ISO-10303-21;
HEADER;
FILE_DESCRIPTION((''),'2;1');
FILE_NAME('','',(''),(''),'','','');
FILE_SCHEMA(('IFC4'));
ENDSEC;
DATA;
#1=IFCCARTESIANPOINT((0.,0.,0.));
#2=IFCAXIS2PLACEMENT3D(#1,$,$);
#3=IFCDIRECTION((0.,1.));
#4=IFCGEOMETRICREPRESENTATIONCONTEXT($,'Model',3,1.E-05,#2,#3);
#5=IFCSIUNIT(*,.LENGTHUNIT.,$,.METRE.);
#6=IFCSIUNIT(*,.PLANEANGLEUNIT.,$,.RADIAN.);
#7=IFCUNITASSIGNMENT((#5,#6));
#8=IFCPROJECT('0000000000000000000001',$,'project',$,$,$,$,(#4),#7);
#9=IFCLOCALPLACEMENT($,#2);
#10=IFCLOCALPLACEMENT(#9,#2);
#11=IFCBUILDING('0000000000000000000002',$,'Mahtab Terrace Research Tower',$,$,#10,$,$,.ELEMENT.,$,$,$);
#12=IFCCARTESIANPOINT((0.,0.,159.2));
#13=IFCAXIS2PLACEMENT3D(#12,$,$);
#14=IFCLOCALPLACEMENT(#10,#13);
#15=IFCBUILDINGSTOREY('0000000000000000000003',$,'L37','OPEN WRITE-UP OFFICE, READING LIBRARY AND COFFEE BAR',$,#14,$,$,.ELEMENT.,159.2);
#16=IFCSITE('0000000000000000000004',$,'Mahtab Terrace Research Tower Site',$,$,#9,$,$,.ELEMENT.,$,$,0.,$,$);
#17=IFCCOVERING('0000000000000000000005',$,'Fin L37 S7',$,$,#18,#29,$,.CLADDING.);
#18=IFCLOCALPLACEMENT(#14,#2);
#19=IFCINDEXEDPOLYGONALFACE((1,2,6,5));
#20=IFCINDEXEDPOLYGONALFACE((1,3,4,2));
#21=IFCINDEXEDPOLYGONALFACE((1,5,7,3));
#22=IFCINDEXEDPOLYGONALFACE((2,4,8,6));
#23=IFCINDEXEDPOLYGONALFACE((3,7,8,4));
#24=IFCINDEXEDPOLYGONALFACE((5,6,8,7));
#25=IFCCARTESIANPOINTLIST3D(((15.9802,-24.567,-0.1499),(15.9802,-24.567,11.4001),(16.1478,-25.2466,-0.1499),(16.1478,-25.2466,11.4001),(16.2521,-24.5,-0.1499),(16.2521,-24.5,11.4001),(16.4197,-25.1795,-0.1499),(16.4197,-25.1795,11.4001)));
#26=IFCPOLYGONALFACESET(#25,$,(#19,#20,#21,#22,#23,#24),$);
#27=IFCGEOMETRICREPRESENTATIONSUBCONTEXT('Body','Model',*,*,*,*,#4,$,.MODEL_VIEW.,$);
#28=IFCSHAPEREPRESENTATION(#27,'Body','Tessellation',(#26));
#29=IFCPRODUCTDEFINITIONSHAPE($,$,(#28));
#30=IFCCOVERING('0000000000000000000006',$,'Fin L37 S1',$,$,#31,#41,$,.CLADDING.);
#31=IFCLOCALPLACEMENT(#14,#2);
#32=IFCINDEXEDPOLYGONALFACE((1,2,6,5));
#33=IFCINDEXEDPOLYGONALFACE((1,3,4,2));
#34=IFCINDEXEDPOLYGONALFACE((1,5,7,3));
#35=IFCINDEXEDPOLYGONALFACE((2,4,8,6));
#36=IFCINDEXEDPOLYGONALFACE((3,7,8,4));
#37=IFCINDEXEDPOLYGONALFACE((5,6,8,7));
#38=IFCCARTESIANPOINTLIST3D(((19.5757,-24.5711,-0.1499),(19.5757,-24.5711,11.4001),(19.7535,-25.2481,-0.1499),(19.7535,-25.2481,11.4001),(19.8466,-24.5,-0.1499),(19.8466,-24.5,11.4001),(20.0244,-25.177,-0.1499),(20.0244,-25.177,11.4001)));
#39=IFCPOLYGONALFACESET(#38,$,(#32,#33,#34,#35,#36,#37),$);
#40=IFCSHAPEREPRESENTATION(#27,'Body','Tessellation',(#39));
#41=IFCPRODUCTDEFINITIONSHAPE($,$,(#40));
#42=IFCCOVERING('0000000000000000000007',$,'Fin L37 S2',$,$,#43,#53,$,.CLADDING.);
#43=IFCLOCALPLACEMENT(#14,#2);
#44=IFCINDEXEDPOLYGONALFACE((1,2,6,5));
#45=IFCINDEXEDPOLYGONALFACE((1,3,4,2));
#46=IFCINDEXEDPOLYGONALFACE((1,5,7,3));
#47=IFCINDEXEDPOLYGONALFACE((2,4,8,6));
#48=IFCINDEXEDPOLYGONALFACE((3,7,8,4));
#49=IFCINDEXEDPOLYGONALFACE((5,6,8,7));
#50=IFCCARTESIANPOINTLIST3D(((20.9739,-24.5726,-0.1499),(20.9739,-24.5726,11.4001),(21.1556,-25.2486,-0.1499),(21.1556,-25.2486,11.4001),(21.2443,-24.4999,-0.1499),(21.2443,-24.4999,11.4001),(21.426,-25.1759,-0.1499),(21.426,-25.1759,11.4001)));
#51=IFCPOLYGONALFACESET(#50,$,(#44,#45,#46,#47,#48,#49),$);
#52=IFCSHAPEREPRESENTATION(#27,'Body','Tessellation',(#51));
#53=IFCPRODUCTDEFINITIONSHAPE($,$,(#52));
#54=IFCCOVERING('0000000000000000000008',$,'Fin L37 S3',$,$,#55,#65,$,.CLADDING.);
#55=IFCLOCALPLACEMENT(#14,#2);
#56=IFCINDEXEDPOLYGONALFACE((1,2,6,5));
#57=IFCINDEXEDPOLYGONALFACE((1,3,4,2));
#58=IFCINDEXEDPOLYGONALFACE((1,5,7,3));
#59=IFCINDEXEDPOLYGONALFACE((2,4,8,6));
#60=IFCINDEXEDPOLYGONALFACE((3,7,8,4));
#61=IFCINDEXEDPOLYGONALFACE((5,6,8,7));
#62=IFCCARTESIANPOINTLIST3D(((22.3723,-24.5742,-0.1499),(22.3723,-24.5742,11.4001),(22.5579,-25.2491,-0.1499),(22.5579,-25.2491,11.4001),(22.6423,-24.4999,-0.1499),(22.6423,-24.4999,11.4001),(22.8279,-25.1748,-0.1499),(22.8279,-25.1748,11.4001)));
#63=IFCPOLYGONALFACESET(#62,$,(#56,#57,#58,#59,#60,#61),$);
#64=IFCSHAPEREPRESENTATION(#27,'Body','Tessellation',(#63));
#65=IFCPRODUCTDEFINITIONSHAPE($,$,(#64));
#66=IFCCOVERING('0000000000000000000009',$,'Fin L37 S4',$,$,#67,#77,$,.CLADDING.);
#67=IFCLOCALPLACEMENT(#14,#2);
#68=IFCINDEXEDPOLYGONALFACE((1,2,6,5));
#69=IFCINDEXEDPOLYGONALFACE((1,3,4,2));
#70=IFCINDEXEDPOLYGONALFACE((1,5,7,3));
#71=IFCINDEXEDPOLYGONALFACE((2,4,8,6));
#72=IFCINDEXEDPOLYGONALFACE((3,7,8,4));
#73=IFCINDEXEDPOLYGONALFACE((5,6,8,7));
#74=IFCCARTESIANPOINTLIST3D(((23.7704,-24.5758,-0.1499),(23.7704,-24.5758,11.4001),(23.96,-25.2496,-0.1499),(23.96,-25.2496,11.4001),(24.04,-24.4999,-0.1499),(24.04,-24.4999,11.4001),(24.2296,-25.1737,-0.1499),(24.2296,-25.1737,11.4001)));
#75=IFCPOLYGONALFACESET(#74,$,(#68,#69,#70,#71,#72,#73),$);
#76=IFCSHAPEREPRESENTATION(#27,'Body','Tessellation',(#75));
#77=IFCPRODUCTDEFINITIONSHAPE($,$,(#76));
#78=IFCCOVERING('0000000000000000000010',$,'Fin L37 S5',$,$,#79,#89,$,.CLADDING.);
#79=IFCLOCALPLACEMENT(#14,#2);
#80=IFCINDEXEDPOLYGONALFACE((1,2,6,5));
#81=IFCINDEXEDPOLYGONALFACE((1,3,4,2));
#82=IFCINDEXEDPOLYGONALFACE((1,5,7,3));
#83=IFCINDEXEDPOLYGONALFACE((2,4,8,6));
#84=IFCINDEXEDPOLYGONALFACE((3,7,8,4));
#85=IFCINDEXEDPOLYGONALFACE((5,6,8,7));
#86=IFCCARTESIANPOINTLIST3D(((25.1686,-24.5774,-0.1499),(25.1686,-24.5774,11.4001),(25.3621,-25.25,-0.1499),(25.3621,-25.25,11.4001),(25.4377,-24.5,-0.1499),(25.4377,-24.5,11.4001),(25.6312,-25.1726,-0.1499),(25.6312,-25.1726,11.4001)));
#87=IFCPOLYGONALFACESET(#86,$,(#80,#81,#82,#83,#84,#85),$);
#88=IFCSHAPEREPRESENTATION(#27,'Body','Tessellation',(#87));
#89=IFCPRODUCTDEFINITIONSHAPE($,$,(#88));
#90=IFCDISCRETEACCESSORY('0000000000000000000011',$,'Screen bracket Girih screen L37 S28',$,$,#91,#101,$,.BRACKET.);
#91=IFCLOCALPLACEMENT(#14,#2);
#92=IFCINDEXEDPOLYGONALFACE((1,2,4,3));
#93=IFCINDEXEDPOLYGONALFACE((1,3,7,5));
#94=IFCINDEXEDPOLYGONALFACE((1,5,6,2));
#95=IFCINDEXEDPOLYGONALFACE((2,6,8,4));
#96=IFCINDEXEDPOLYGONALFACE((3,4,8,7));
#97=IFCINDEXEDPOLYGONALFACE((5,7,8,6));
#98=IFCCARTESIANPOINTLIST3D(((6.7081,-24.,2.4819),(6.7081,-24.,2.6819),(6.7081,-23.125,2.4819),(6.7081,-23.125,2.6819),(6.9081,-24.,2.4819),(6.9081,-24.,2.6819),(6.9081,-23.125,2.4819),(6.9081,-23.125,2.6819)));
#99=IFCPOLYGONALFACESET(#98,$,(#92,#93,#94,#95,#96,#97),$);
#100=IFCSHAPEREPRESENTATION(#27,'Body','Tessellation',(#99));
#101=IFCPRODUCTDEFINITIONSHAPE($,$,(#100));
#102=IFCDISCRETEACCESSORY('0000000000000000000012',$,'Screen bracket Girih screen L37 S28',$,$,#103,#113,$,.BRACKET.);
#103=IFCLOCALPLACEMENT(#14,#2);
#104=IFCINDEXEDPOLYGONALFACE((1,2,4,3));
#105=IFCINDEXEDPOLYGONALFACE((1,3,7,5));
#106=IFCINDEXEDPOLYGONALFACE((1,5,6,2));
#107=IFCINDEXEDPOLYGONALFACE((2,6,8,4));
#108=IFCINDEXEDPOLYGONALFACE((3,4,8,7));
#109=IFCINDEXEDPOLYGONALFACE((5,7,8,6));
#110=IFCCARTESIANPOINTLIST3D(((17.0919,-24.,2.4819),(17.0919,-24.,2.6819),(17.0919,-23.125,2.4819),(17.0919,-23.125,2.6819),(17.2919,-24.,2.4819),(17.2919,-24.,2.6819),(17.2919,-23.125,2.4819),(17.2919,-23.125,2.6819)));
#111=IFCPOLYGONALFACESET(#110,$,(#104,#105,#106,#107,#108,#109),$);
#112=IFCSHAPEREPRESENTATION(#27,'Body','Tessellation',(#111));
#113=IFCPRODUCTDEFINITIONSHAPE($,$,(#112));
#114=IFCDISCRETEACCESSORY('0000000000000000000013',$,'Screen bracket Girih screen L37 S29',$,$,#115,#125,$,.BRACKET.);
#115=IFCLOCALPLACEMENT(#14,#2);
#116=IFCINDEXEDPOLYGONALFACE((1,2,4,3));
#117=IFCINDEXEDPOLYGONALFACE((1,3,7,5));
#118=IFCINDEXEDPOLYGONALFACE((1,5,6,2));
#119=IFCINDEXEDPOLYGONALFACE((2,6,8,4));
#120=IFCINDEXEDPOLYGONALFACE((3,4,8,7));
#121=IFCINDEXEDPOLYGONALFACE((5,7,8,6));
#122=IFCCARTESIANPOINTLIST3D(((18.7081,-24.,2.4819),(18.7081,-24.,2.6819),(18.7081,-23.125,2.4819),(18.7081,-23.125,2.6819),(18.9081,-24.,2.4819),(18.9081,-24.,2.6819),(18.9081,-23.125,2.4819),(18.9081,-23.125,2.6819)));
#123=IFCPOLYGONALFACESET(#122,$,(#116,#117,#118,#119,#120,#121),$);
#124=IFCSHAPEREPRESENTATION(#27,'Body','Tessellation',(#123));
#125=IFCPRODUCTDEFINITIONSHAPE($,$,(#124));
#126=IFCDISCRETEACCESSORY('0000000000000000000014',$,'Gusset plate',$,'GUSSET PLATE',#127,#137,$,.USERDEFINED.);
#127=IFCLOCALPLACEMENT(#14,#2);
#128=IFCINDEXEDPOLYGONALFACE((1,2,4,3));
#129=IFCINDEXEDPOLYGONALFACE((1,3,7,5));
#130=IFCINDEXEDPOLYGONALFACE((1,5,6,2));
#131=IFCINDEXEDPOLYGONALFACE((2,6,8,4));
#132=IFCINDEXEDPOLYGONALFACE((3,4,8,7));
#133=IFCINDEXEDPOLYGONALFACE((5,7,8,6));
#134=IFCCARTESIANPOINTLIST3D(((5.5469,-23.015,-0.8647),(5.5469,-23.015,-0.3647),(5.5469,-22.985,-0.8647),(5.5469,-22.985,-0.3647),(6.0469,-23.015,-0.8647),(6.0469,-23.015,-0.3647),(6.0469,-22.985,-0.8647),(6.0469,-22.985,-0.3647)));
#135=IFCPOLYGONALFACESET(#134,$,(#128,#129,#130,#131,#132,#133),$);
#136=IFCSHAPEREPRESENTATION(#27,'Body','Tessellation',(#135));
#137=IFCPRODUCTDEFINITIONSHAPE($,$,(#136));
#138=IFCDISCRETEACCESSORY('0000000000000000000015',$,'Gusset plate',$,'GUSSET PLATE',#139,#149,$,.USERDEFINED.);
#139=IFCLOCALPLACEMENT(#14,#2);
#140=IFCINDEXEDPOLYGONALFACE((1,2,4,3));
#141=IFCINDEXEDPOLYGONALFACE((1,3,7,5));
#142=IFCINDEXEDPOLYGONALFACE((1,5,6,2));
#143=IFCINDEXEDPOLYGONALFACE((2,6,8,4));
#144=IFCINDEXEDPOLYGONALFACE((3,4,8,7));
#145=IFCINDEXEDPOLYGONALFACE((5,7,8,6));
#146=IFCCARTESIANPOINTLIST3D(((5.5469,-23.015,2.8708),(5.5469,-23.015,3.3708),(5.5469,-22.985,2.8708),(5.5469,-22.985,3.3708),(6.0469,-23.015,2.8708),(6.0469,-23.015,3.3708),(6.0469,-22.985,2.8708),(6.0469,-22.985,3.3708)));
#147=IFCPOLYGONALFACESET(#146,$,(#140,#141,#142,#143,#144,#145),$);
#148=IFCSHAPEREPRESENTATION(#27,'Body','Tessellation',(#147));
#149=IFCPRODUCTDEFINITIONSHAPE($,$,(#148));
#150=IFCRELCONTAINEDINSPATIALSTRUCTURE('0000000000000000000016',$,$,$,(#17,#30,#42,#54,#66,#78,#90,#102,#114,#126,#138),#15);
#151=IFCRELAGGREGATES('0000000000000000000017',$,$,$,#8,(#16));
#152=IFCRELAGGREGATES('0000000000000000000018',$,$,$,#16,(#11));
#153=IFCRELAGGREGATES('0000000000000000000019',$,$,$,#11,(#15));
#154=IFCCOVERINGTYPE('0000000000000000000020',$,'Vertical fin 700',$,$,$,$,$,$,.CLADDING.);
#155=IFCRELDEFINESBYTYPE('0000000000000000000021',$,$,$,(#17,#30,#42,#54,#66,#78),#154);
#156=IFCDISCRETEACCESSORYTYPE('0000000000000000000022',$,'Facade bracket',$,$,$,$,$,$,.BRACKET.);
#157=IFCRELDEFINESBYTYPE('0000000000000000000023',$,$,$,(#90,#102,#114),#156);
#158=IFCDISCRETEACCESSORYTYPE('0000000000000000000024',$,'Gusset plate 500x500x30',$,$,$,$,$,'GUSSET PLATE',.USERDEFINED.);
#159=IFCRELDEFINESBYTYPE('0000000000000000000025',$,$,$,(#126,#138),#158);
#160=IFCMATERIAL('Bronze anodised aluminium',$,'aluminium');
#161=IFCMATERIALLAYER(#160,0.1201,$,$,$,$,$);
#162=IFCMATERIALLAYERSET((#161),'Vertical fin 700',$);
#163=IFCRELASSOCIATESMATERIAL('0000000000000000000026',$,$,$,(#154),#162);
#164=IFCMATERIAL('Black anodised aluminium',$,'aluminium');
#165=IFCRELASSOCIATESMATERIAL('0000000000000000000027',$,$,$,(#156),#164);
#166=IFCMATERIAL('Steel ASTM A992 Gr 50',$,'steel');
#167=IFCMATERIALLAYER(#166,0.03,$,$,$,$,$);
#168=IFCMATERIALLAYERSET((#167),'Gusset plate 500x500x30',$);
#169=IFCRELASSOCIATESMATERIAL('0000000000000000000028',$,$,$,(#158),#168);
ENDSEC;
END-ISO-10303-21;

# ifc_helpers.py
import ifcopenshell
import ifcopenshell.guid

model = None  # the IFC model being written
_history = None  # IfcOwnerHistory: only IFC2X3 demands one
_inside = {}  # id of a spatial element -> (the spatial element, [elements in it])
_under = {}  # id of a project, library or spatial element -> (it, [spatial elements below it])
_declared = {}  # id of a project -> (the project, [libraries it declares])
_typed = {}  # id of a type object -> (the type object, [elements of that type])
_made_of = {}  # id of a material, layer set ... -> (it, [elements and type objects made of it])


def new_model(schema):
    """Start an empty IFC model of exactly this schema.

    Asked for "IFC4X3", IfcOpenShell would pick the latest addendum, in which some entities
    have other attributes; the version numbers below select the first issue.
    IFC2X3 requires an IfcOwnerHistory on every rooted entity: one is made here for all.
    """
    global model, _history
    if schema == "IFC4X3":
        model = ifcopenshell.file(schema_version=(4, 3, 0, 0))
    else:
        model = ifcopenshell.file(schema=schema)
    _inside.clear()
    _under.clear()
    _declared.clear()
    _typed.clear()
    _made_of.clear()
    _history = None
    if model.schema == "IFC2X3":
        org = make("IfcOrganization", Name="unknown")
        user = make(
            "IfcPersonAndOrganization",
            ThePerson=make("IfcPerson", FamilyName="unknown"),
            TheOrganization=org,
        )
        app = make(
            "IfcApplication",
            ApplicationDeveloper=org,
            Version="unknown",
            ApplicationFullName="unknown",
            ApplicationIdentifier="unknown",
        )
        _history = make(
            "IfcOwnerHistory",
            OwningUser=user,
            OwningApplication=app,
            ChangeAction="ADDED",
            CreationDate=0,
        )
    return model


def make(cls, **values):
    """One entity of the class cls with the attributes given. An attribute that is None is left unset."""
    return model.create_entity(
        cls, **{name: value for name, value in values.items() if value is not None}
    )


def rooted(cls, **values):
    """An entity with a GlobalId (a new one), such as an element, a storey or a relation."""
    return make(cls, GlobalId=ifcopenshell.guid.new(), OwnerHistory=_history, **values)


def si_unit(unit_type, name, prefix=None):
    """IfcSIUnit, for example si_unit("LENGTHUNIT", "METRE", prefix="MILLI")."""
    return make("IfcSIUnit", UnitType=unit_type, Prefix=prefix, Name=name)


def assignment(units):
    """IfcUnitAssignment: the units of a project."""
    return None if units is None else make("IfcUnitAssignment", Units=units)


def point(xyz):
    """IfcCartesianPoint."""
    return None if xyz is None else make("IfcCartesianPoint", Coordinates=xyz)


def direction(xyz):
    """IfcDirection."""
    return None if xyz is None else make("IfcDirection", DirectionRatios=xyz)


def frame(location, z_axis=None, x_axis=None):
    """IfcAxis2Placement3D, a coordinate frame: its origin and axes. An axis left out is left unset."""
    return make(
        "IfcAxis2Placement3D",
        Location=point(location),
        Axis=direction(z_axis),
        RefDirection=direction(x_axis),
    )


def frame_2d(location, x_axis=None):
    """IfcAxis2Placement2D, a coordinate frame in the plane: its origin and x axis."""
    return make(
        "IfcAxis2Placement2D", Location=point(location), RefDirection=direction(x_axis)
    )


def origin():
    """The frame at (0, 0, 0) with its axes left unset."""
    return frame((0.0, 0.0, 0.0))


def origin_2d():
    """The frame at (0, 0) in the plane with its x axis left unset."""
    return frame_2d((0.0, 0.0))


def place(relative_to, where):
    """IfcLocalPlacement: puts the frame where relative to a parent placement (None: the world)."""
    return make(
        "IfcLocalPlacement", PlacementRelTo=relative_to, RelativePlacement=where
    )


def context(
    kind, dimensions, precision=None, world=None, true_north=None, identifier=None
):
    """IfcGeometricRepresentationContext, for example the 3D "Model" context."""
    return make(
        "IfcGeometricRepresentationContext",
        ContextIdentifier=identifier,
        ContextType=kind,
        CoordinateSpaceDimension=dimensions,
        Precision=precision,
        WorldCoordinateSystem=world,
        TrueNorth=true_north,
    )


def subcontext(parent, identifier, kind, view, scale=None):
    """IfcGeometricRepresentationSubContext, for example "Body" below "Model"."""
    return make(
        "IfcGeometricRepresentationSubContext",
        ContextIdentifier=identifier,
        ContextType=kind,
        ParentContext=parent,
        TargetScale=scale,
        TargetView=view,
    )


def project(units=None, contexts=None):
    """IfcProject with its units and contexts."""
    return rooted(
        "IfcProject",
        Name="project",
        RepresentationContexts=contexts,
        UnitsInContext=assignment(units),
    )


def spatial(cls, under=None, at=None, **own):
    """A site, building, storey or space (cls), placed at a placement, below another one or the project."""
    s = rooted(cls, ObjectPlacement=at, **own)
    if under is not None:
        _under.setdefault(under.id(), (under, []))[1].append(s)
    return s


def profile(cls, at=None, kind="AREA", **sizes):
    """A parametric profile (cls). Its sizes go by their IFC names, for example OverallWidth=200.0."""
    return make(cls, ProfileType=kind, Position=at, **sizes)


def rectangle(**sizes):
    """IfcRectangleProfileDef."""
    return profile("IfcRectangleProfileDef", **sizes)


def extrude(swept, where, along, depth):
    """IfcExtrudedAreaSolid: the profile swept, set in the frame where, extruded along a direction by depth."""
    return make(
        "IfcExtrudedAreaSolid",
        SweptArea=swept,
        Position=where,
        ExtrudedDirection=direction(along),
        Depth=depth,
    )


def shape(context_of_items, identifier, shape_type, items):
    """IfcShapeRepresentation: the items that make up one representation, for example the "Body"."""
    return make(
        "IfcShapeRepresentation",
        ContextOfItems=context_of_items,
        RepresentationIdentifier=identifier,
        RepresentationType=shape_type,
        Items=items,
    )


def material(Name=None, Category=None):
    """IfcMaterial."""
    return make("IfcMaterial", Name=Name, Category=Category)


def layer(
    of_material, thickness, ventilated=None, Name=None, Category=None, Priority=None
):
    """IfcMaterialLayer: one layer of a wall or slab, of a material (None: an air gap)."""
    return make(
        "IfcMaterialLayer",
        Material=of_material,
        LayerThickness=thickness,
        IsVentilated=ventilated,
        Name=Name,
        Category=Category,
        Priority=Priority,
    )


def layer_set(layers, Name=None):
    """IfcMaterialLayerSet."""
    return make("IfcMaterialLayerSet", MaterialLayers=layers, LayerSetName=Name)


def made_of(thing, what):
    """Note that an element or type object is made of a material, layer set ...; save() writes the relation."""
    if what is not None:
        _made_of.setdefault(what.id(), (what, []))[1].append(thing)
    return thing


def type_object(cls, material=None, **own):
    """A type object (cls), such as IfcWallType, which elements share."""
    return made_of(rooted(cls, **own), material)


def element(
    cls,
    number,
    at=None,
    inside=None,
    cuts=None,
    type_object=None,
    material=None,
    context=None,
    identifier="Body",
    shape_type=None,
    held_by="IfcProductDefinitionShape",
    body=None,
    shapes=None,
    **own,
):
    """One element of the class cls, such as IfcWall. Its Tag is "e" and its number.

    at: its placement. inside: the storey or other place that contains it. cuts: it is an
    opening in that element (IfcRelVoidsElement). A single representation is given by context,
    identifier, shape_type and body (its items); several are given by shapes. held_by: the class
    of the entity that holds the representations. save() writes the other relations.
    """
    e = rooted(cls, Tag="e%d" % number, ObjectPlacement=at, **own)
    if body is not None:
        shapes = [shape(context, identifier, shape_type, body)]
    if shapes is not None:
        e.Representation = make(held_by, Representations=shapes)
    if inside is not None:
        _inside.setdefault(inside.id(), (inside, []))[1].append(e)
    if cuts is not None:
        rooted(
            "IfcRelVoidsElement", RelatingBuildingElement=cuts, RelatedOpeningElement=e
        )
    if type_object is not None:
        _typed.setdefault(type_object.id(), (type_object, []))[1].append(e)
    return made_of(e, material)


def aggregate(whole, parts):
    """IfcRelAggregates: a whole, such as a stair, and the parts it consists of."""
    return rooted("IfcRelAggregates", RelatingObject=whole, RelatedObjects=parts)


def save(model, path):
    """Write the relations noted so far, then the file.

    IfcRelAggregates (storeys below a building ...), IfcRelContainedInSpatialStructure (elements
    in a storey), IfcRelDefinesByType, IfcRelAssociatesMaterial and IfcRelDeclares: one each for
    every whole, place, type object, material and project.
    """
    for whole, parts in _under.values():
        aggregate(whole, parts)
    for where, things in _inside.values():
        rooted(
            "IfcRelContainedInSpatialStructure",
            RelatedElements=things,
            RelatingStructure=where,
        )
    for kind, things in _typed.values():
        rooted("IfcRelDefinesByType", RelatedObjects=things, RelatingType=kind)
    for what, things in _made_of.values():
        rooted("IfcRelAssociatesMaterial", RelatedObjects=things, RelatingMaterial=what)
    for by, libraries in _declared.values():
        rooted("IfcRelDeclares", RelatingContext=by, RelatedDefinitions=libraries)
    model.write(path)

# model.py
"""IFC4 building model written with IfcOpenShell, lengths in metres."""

from ifc_helpers import new_model, si_unit, direction, frame, origin, origin_2d, place, context, subcontext, project, spatial, rectangle, extrude, material, layer, layer_set, type_object, element, save


model = new_model("IFC4")

# Units and contexts
model_context = context("Model", 3, precision=1e-05, world=origin(), true_north=direction((0.0, 1.0)))
body_context = subcontext(model_context, "Body", "Model", "MODEL_VIEW")
ifc_project = project(units=[si_unit("LENGTHUNIT", "METRE"), si_unit("PLANEANGLEUNIT", "RADIAN")], contexts=[model_context])

# Site, building, storey
site_placement = place(None, origin())
site = spatial("IfcSite", under=ifc_project, at=site_placement, Name="Mahtab Terrace Research Tower Site", CompositionType="ELEMENT", RefElevation=0.0)
building_placement = place(site_placement, origin())
building = spatial("IfcBuilding", under=site, at=building_placement, Name="Mahtab Terrace Research Tower", CompositionType="ELEMENT")
storey_placement = place(building_placement, frame((0.0, 0.0, 159.2)))
storey = spatial("IfcBuildingStorey", under=building, at=storey_placement, Name="L37", Description="OPEN WRITE-UP OFFICE, READING LIBRARY AND COFFEE BAR", CompositionType="ELEMENT", Elevation=159.2)

# Shared definitions
ifc_material_1 = material(Name="Steel ASTM A992 Gr 50", Category="steel")

# Coverings
ifc_material_2 = material(Name="Bronze anodised aluminium", Category="aluminium")
ifc_layer_1 = layer(ifc_material_2, 0.1201)
ifc_layer_set_1 = layer_set([ifc_layer_1], Name="Vertical fin 700")
covering_type_1 = type_object("IfcCoveringType", Name="Vertical fin 700", PredefinedType="CLADDING", material=ifc_layer_set_1)
for number, where, z_axis, x_axis, name in (
    (1, (16.2, -24.8733, -0.1499), (0.0, 0.0, 1.0), (0.970896, 0.239502, 0.0), "Fin L37 S7"),
    (2, (19.8, -24.874, -0.1499), (0.0, 0.0, 1.0), (0.967204, 0.253999, 0.0), "Fin L37 S1"),
    (3, (21.2, -24.8743, -0.1499), (0.0, 0.0, 1.0), (0.96571, 0.259622, 0.0), "Fin L37 S2"),
    (4, (22.6001, -24.8745, -0.1499), (0.0, 0.0, 1.0), (0.964184, 0.265236, 0.0), "Fin L37 S3"),
    (5, (24.0, -24.8748, -0.1499), (0.0, 0.0, 1.0), (0.962624, 0.27084, 0.0), "Fin L37 S4"),
    (6, (25.3999, -24.875, -0.1499), (0.0, 0.0, 1.0), (0.961032, 0.276436, 0.0), "Fin L37 S5"),
):
    element("IfcCovering", number, at=place(storey_placement, frame(where, z_axis=z_axis, x_axis=x_axis)), inside=storey, type_object=covering_type_1, Name=name, PredefinedType="CLADDING", context=body_context, shape_type="SweptSolid", body=[
        extrude(rectangle(XDim=0.28, YDim=0.7, at=origin_2d()), origin(), (0.0, 0.0, 1.0), 11.55),
    ])

# Discrete accessories
ifc_material_3 = material(Name="Black anodised aluminium", Category="aluminium")
discrete_accessory_type_1 = type_object("IfcDiscreteAccessoryType", Name="Facade bracket", PredefinedType="BRACKET", material=ifc_material_3)
for number, where, z_axis, x_axis, name in (
    (7, (6.8081, -23.5625, 2.4819), (0.0, 0.0, 1.0), (1.0, 0.0, 0.0), "Screen bracket Girih screen L37 S28"),
    (8, (17.1919, -23.5625, 2.4819), (0.0, 0.0, 1.0), (1.0, 0.0, 0.0), "Screen bracket Girih screen L37 S28"),
    (9, (18.8081, -23.5625, 2.4819), (0.0, 0.0, 1.0), (1.0, 0.0, 0.0), "Screen bracket Girih screen L37 S29"),
):
    element("IfcDiscreteAccessory", number, at=place(storey_placement, frame(where, z_axis=z_axis, x_axis=x_axis)), inside=storey, type_object=discrete_accessory_type_1, Name=name, PredefinedType="BRACKET", context=body_context, shape_type="SweptSolid", body=[
        extrude(rectangle(XDim=0.2, YDim=0.875, at=origin_2d()), origin(), (0.0, 0.0, 1.0), 0.2),
    ])
ifc_layer_2 = layer(ifc_material_1, 0.03)
ifc_layer_set_2 = layer_set([ifc_layer_2], Name="Gusset plate 500x500x30")
discrete_accessory_type_2 = type_object("IfcDiscreteAccessoryType", Name="Gusset plate 500x500x30", ElementType="GUSSET PLATE", PredefinedType="USERDEFINED", material=ifc_layer_set_2)
for number, where, z_axis, x_axis, name in (
    (10, (5.7969, -23.0, -0.8647), (0.0, 0.0, 1.0), (1.0, 0.0, 0.0), "Gusset plate"),
    (11, (5.7969, -23.0, 2.8708), (0.0, 0.0, 1.0), (1.0, 0.0, 0.0), "Gusset plate"),
):
    element("IfcDiscreteAccessory", number, at=place(storey_placement, frame(where, z_axis=z_axis, x_axis=x_axis)), inside=storey, type_object=discrete_accessory_type_2, Name=name, ObjectType="GUSSET PLATE", PredefinedType="USERDEFINED", context=body_context, shape_type="SweptSolid", body=[
        extrude(rectangle(XDim=0.5, YDim=0.03, at=origin_2d()), origin(), (0.0, 0.0, 1.0), 0.5),
    ])

save(model, "model.ifc")
